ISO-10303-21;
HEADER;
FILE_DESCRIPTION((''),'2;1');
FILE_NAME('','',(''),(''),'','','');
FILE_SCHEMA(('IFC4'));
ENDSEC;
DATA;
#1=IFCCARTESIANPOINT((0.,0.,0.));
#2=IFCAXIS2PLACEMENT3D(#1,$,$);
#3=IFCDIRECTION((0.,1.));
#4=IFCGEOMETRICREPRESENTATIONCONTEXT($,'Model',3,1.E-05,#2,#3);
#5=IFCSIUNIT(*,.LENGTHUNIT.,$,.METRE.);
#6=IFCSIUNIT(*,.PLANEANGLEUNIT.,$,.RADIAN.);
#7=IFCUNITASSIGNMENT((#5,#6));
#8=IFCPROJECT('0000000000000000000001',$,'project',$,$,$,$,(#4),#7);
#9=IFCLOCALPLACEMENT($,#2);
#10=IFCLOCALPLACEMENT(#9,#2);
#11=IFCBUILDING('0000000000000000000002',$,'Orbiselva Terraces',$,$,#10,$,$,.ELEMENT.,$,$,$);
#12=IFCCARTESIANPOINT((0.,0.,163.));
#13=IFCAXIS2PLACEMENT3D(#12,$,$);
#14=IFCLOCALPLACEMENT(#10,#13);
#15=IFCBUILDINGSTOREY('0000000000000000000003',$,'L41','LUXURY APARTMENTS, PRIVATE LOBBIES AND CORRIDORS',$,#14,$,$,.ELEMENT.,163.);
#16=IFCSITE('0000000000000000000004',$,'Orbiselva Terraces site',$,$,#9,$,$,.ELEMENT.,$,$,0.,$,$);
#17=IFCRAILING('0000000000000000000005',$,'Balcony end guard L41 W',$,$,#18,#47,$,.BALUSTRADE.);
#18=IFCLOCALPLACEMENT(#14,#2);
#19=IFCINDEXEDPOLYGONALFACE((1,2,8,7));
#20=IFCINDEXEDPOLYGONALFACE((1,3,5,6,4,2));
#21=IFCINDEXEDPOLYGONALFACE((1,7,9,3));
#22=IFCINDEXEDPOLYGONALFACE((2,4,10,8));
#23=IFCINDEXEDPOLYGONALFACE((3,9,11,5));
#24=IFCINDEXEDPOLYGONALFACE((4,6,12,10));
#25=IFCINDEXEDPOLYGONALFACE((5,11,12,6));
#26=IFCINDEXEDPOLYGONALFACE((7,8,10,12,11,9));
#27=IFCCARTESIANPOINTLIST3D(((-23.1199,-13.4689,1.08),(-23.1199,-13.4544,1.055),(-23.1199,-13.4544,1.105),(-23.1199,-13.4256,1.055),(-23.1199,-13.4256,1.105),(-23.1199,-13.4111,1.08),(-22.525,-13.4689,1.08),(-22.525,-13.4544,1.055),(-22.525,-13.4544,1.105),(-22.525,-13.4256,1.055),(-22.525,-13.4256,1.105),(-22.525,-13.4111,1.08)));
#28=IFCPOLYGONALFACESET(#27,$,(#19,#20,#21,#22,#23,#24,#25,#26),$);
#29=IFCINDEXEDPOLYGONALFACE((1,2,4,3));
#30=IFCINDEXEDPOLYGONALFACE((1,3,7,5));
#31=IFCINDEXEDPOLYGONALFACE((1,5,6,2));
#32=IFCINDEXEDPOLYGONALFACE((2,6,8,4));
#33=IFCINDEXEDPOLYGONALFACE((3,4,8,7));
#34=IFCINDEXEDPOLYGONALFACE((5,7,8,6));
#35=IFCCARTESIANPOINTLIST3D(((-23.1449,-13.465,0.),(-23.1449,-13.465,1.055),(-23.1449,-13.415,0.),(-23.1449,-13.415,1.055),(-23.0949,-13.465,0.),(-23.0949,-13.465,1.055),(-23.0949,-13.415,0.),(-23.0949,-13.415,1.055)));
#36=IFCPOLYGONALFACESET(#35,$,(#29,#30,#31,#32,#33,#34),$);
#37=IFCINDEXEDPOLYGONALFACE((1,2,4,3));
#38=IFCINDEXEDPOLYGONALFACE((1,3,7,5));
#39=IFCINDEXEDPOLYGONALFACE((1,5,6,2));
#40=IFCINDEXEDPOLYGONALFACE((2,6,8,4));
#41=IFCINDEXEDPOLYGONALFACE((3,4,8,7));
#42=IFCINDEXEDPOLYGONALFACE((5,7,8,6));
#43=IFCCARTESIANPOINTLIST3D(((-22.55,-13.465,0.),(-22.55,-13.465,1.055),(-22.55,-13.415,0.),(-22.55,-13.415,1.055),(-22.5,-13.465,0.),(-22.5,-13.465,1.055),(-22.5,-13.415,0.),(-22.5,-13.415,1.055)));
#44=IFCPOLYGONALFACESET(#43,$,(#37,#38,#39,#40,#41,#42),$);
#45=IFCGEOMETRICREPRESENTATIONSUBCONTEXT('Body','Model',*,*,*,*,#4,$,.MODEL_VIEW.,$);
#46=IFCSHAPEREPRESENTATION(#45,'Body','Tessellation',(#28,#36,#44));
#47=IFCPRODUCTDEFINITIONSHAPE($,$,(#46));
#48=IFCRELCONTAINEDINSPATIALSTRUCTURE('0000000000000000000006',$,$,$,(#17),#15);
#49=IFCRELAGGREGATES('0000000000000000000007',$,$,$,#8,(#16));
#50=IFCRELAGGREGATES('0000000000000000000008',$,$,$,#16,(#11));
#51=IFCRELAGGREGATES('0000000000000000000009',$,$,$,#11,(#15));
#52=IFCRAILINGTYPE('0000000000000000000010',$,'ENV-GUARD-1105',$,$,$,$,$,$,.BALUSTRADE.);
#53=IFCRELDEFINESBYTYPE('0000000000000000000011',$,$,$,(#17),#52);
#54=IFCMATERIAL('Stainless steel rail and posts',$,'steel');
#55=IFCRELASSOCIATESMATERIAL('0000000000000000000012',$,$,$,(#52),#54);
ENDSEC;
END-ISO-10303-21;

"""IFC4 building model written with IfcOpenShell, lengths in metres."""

from ifc_helpers import new_model, si_unit, direction, frame, origin, origin_2d, place, context, subcontext, project, spatial, polyline, rectangle, outline, extrude, material, type_object, element, save


model = new_model("IFC4")

# Units and contexts
model_context = context("Model", 3, precision=1e-05, world=origin(), true_north=direction((0.0, 1.0)))
body_context = subcontext(model_context, "Body", "Model", "MODEL_VIEW")
ifc_project = project(units=[si_unit("LENGTHUNIT", "METRE"), si_unit("PLANEANGLEUNIT", "RADIAN")], contexts=[model_context])

# Site, building, storey
site_placement = place(None, origin())
site = spatial("IfcSite", under=ifc_project, at=site_placement, Name="Orbiselva Terraces site", CompositionType="ELEMENT", RefElevation=0.0)
building_placement = place(site_placement, origin())
building = spatial("IfcBuilding", under=site, at=building_placement, Name="Orbiselva Terraces", CompositionType="ELEMENT")
storey_placement = place(building_placement, frame((0.0, 0.0, 163.0)))
storey = spatial("IfcBuildingStorey", under=building, at=storey_placement, Name="L41", Description="LUXURY APARTMENTS, PRIVATE LOBBIES AND CORRIDORS", CompositionType="ELEMENT", Elevation=163.0)

# Railing
ifc_material_1 = material(Name="Stainless steel rail and posts", Category="steel")
railing_type_1 = type_object("IfcRailingType", Name="ENV-GUARD-1105", PredefinedType="BALUSTRADE", material=ifc_material_1)
railing_1_placement = place(storey_placement, frame((-23.1199, -13.44, 0.0)))
element("IfcRailing", 1, at=railing_1_placement, inside=storey, type_object=railing_type_1, Name="Balcony end guard L41 W", PredefinedType="BALUSTRADE", context=body_context, shape_type="SweptSolid", body=[
    extrude(outline(polyline([(0.0289, 0.0), (0.0144, 0.025), (-0.0144, 0.025), (-0.0289, 0.0), (-0.0144, -0.025), (0.0144, -0.025), (0.0289, 0.0)])), frame((0.0, 0.0, 1.08), z_axis=(1.0, 0.0, 0.0), x_axis=(0.0, 1.0, 0.0)), (0.0, 0.0, 1.0), 0.5949),
    extrude(rectangle(XDim=0.05, YDim=0.05, at=origin_2d()), origin(), (0.0, 0.0, 1.0), 1.055),
    extrude(rectangle(XDim=0.05, YDim=0.05, at=origin_2d()), frame((0.5949, 0.0, 0.0)), (0.0, 0.0, 1.0), 1.055),
])

save(model, "model.ifc")
